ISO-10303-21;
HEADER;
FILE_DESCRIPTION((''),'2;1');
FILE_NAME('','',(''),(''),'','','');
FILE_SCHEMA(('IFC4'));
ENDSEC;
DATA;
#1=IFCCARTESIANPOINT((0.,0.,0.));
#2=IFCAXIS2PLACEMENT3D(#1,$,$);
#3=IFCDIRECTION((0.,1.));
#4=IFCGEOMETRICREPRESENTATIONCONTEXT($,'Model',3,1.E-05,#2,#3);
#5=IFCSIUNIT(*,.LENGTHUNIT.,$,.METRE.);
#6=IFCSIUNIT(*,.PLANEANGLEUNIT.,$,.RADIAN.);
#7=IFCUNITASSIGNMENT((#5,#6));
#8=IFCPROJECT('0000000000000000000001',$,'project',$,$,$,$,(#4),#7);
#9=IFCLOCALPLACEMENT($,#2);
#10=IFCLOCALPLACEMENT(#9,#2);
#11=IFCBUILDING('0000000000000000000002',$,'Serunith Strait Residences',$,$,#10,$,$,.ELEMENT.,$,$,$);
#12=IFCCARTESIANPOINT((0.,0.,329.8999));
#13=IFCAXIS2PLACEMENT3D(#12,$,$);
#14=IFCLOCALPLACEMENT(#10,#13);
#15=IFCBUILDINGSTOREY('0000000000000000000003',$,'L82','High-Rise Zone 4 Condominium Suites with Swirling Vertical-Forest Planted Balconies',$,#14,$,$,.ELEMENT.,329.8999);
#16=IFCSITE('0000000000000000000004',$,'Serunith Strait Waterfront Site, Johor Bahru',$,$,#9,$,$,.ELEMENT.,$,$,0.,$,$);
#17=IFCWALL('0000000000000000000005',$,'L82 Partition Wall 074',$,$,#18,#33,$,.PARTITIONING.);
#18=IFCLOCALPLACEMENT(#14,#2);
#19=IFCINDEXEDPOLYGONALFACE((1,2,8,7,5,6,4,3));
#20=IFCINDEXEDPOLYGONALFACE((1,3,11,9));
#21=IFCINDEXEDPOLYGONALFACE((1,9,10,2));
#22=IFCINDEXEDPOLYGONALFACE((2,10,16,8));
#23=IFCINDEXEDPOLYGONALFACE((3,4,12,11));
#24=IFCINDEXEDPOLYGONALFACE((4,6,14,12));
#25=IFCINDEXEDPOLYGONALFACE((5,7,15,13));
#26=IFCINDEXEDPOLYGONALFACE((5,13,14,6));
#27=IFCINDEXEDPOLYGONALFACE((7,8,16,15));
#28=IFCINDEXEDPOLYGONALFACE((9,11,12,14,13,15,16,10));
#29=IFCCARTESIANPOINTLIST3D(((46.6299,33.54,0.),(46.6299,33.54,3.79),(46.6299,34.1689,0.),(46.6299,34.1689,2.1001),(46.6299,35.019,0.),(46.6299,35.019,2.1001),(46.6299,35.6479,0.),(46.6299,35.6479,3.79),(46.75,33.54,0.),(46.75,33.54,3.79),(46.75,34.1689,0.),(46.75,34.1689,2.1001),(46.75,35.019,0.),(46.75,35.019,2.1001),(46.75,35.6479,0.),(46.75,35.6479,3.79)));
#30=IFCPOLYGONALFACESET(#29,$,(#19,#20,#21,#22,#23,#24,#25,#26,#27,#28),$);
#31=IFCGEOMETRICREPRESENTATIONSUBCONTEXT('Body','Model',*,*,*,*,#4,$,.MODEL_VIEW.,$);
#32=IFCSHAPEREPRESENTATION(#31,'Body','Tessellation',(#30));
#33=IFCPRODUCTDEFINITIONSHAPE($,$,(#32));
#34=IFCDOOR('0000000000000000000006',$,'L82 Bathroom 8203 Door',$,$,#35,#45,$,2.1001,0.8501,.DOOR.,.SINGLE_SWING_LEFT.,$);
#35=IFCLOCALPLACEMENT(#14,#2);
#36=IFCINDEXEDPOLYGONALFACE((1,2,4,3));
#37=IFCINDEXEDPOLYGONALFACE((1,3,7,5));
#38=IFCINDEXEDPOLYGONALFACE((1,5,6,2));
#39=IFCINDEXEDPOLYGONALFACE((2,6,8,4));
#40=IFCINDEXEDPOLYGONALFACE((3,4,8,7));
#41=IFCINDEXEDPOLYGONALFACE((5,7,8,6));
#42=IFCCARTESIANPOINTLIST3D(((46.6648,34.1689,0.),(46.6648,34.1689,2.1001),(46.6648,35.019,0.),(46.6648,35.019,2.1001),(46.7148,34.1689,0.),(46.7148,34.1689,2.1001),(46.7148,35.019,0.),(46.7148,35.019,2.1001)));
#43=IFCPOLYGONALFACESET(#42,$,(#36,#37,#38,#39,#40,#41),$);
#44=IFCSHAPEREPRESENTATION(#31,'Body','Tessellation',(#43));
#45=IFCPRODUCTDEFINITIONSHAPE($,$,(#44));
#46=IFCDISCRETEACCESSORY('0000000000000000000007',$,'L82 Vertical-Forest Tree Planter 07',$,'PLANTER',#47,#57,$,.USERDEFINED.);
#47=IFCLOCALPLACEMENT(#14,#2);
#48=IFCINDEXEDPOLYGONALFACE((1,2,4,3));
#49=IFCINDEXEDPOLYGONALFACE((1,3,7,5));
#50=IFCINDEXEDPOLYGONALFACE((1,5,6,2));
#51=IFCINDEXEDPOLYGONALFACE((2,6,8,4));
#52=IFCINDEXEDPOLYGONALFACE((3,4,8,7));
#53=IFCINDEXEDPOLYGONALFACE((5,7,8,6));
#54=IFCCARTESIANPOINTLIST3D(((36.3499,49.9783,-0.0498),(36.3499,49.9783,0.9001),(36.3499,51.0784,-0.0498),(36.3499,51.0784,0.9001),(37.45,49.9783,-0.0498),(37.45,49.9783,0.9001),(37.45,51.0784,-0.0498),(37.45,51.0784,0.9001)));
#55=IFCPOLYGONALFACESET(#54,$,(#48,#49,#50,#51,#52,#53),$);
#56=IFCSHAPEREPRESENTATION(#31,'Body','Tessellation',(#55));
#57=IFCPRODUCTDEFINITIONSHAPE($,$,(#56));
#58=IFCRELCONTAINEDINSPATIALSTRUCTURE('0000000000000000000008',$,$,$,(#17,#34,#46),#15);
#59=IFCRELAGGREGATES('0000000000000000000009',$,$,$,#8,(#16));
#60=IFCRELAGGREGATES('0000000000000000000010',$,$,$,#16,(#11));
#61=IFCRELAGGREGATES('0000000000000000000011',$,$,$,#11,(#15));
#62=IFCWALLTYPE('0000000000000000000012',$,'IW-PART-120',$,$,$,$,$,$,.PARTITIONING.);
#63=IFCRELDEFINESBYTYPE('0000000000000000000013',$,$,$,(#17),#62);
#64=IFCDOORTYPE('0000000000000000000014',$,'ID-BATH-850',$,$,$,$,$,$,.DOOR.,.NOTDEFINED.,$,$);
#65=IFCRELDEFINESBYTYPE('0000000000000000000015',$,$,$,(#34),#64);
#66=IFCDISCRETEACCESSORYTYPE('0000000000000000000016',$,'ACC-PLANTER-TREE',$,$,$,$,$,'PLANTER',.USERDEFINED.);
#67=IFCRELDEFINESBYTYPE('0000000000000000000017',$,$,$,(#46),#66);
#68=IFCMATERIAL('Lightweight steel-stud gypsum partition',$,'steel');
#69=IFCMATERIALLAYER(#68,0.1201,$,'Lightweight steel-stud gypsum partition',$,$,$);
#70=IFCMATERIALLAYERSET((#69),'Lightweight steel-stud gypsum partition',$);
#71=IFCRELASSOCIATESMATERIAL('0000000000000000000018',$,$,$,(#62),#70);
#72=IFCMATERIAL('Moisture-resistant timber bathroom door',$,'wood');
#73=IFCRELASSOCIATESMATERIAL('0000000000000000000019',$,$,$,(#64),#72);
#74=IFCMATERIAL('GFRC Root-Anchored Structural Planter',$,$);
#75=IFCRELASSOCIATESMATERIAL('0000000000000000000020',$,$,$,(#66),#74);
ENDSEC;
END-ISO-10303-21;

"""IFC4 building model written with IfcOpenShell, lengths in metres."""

from ifc_helpers import new_model, si_unit, direction, frame, frame_2d, origin, origin_2d, place, context, subcontext, project, spatial, rectangle, extrude, source, transform, mapped, material, layer, layer_set, type_object, element, fill, save


model = new_model("IFC4")

# Units and contexts
model_context = context("Model", 3, precision=1e-05, world=origin(), true_north=direction((0.0, 1.0)))
body_context = subcontext(model_context, "Body", "Model", "MODEL_VIEW")
ifc_project = project(units=[si_unit("LENGTHUNIT", "METRE"), si_unit("PLANEANGLEUNIT", "RADIAN")], contexts=[model_context])

# Site, building, storey
site_placement = place(None, origin())
site = spatial("IfcSite", under=ifc_project, at=site_placement, Name="Serunith Strait Waterfront Site, Johor Bahru", CompositionType="ELEMENT", RefElevation=0.0)
building_placement = place(site_placement, origin())
building = spatial("IfcBuilding", under=site, at=building_placement, Name="Serunith Strait Residences", CompositionType="ELEMENT")
storey_placement = place(building_placement, frame((0.0, 0.0, 329.8999)))
storey = spatial("IfcBuildingStorey", under=building, at=storey_placement, Name="L82", Description="High-Rise Zone 4 Condominium Suites with Swirling Vertical-Forest Planted Balconies", CompositionType="ELEMENT", Elevation=329.8999)

# Shared definitions
ifc_material_1 = material(Name="Lightweight steel-stud gypsum partition", Category="steel")
ifc_layer_1 = layer(ifc_material_1, 0.1201, Name="Lightweight steel-stud gypsum partition")
ifc_layer_set_1 = layer_set([ifc_layer_1], Name="Lightweight steel-stud gypsum partition")
wall_type_1 = type_object("IfcWallType", Name="IW-PART-120", PredefinedType="PARTITIONING", material=ifc_layer_set_1)
shared_shape_1 = source(origin(), body_context, "Body", "SweptSolid", [
    extrude(rectangle(XDim=0.8501, YDim=2.1001, at=frame_2d((0.425, 1.05))), frame((0.0, 0.0249, 0.0), z_axis=(0.0, -1.0, 0.0), x_axis=(1.0, 0.0, 0.0)), (0.0, 0.0, 1.0), 0.05),
])

# Wall, opening, door
wall_1_placement = place(storey_placement, frame((46.6899, 35.6479, 0.0), z_axis=(0.0, 0.0, 1.0), x_axis=(0.0, -1.0, 0.0)))
wall_1 = element("IfcWall", 1, at=wall_1_placement, inside=storey, type_object=wall_type_1, Name="L82 Partition Wall 074", PredefinedType="PARTITIONING", context=body_context, shape_type="SweptSolid", body=[
    extrude(rectangle(XDim=2.1079, YDim=0.1201, at=frame_2d((1.054, 0.0))), origin(), (0.0, 0.0, 1.0), 3.79),
])
opening_1_placement = place(wall_1_placement, frame((0.6289, 0.0, 0.0)))
opening_1 = element("IfcOpeningElement", 2, at=opening_1_placement, cuts=wall_1, PredefinedType="OPENING", context=body_context, shape_type="SweptSolid", body=[
    extrude(rectangle(XDim=0.8501, YDim=2.1001, at=frame_2d((0.425, 1.05))), frame((0.0, 0.0701, 0.0), z_axis=(0.0, -1.0, 0.0), x_axis=(1.0, 0.0, 0.0)), (0.0, 0.0, 1.0), 0.1401),
])
ifc_material_2 = material(Name="Moisture-resistant timber bathroom door", Category="wood")
door_type_1 = type_object("IfcDoorType", Name="ID-BATH-850", OperationType="NOTDEFINED", PredefinedType="DOOR", material=ifc_material_2)
door_1_placement = place(opening_1_placement, origin())
door_1 = element("IfcDoor", 3, at=door_1_placement, inside=storey, type_object=door_type_1, Name="L82 Bathroom 8203 Door", OperationType="SINGLE_SWING_LEFT", OverallHeight=2.1001, OverallWidth=0.8501, PredefinedType="DOOR", context=body_context, shape_type="MappedRepresentation", body=[
    mapped(shared_shape_1, transform((0.0, 0.0, 0.0), scale=1.0)),
])
fill(opening_1, door_1)

# Discrete accessory
ifc_material_3 = material(Name="GFRC Root-Anchored Structural Planter")
discrete_accessory_type = type_object("IfcDiscreteAccessoryType", Name="ACC-PLANTER-TREE", ElementType="PLANTER", PredefinedType="USERDEFINED", material=ifc_material_3)
shared_shape_2 = source(origin(), body_context, "Body", "SweptSolid", [
    extrude(rectangle(XDim=1.1001, YDim=1.1001, at=origin_2d()), origin(), (0.0, 0.0, 1.0), 0.95),
])
discrete_accessory_placement = place(storey_placement, frame((36.8999, 50.5283, -0.0498), z_axis=(0.0, 0.0, 1.0), x_axis=(-1.0, 0.0, 0.0)))
element("IfcDiscreteAccessory", 4, at=discrete_accessory_placement, inside=storey, type_object=discrete_accessory_type, Name="L82 Vertical-Forest Tree Planter 07", ObjectType="PLANTER", PredefinedType="USERDEFINED", context=body_context, shape_type="MappedRepresentation", body=[
    mapped(shared_shape_2, transform((0.0, 0.0, 0.0), scale=1.0)),
])

save(model, "model.ifc")
